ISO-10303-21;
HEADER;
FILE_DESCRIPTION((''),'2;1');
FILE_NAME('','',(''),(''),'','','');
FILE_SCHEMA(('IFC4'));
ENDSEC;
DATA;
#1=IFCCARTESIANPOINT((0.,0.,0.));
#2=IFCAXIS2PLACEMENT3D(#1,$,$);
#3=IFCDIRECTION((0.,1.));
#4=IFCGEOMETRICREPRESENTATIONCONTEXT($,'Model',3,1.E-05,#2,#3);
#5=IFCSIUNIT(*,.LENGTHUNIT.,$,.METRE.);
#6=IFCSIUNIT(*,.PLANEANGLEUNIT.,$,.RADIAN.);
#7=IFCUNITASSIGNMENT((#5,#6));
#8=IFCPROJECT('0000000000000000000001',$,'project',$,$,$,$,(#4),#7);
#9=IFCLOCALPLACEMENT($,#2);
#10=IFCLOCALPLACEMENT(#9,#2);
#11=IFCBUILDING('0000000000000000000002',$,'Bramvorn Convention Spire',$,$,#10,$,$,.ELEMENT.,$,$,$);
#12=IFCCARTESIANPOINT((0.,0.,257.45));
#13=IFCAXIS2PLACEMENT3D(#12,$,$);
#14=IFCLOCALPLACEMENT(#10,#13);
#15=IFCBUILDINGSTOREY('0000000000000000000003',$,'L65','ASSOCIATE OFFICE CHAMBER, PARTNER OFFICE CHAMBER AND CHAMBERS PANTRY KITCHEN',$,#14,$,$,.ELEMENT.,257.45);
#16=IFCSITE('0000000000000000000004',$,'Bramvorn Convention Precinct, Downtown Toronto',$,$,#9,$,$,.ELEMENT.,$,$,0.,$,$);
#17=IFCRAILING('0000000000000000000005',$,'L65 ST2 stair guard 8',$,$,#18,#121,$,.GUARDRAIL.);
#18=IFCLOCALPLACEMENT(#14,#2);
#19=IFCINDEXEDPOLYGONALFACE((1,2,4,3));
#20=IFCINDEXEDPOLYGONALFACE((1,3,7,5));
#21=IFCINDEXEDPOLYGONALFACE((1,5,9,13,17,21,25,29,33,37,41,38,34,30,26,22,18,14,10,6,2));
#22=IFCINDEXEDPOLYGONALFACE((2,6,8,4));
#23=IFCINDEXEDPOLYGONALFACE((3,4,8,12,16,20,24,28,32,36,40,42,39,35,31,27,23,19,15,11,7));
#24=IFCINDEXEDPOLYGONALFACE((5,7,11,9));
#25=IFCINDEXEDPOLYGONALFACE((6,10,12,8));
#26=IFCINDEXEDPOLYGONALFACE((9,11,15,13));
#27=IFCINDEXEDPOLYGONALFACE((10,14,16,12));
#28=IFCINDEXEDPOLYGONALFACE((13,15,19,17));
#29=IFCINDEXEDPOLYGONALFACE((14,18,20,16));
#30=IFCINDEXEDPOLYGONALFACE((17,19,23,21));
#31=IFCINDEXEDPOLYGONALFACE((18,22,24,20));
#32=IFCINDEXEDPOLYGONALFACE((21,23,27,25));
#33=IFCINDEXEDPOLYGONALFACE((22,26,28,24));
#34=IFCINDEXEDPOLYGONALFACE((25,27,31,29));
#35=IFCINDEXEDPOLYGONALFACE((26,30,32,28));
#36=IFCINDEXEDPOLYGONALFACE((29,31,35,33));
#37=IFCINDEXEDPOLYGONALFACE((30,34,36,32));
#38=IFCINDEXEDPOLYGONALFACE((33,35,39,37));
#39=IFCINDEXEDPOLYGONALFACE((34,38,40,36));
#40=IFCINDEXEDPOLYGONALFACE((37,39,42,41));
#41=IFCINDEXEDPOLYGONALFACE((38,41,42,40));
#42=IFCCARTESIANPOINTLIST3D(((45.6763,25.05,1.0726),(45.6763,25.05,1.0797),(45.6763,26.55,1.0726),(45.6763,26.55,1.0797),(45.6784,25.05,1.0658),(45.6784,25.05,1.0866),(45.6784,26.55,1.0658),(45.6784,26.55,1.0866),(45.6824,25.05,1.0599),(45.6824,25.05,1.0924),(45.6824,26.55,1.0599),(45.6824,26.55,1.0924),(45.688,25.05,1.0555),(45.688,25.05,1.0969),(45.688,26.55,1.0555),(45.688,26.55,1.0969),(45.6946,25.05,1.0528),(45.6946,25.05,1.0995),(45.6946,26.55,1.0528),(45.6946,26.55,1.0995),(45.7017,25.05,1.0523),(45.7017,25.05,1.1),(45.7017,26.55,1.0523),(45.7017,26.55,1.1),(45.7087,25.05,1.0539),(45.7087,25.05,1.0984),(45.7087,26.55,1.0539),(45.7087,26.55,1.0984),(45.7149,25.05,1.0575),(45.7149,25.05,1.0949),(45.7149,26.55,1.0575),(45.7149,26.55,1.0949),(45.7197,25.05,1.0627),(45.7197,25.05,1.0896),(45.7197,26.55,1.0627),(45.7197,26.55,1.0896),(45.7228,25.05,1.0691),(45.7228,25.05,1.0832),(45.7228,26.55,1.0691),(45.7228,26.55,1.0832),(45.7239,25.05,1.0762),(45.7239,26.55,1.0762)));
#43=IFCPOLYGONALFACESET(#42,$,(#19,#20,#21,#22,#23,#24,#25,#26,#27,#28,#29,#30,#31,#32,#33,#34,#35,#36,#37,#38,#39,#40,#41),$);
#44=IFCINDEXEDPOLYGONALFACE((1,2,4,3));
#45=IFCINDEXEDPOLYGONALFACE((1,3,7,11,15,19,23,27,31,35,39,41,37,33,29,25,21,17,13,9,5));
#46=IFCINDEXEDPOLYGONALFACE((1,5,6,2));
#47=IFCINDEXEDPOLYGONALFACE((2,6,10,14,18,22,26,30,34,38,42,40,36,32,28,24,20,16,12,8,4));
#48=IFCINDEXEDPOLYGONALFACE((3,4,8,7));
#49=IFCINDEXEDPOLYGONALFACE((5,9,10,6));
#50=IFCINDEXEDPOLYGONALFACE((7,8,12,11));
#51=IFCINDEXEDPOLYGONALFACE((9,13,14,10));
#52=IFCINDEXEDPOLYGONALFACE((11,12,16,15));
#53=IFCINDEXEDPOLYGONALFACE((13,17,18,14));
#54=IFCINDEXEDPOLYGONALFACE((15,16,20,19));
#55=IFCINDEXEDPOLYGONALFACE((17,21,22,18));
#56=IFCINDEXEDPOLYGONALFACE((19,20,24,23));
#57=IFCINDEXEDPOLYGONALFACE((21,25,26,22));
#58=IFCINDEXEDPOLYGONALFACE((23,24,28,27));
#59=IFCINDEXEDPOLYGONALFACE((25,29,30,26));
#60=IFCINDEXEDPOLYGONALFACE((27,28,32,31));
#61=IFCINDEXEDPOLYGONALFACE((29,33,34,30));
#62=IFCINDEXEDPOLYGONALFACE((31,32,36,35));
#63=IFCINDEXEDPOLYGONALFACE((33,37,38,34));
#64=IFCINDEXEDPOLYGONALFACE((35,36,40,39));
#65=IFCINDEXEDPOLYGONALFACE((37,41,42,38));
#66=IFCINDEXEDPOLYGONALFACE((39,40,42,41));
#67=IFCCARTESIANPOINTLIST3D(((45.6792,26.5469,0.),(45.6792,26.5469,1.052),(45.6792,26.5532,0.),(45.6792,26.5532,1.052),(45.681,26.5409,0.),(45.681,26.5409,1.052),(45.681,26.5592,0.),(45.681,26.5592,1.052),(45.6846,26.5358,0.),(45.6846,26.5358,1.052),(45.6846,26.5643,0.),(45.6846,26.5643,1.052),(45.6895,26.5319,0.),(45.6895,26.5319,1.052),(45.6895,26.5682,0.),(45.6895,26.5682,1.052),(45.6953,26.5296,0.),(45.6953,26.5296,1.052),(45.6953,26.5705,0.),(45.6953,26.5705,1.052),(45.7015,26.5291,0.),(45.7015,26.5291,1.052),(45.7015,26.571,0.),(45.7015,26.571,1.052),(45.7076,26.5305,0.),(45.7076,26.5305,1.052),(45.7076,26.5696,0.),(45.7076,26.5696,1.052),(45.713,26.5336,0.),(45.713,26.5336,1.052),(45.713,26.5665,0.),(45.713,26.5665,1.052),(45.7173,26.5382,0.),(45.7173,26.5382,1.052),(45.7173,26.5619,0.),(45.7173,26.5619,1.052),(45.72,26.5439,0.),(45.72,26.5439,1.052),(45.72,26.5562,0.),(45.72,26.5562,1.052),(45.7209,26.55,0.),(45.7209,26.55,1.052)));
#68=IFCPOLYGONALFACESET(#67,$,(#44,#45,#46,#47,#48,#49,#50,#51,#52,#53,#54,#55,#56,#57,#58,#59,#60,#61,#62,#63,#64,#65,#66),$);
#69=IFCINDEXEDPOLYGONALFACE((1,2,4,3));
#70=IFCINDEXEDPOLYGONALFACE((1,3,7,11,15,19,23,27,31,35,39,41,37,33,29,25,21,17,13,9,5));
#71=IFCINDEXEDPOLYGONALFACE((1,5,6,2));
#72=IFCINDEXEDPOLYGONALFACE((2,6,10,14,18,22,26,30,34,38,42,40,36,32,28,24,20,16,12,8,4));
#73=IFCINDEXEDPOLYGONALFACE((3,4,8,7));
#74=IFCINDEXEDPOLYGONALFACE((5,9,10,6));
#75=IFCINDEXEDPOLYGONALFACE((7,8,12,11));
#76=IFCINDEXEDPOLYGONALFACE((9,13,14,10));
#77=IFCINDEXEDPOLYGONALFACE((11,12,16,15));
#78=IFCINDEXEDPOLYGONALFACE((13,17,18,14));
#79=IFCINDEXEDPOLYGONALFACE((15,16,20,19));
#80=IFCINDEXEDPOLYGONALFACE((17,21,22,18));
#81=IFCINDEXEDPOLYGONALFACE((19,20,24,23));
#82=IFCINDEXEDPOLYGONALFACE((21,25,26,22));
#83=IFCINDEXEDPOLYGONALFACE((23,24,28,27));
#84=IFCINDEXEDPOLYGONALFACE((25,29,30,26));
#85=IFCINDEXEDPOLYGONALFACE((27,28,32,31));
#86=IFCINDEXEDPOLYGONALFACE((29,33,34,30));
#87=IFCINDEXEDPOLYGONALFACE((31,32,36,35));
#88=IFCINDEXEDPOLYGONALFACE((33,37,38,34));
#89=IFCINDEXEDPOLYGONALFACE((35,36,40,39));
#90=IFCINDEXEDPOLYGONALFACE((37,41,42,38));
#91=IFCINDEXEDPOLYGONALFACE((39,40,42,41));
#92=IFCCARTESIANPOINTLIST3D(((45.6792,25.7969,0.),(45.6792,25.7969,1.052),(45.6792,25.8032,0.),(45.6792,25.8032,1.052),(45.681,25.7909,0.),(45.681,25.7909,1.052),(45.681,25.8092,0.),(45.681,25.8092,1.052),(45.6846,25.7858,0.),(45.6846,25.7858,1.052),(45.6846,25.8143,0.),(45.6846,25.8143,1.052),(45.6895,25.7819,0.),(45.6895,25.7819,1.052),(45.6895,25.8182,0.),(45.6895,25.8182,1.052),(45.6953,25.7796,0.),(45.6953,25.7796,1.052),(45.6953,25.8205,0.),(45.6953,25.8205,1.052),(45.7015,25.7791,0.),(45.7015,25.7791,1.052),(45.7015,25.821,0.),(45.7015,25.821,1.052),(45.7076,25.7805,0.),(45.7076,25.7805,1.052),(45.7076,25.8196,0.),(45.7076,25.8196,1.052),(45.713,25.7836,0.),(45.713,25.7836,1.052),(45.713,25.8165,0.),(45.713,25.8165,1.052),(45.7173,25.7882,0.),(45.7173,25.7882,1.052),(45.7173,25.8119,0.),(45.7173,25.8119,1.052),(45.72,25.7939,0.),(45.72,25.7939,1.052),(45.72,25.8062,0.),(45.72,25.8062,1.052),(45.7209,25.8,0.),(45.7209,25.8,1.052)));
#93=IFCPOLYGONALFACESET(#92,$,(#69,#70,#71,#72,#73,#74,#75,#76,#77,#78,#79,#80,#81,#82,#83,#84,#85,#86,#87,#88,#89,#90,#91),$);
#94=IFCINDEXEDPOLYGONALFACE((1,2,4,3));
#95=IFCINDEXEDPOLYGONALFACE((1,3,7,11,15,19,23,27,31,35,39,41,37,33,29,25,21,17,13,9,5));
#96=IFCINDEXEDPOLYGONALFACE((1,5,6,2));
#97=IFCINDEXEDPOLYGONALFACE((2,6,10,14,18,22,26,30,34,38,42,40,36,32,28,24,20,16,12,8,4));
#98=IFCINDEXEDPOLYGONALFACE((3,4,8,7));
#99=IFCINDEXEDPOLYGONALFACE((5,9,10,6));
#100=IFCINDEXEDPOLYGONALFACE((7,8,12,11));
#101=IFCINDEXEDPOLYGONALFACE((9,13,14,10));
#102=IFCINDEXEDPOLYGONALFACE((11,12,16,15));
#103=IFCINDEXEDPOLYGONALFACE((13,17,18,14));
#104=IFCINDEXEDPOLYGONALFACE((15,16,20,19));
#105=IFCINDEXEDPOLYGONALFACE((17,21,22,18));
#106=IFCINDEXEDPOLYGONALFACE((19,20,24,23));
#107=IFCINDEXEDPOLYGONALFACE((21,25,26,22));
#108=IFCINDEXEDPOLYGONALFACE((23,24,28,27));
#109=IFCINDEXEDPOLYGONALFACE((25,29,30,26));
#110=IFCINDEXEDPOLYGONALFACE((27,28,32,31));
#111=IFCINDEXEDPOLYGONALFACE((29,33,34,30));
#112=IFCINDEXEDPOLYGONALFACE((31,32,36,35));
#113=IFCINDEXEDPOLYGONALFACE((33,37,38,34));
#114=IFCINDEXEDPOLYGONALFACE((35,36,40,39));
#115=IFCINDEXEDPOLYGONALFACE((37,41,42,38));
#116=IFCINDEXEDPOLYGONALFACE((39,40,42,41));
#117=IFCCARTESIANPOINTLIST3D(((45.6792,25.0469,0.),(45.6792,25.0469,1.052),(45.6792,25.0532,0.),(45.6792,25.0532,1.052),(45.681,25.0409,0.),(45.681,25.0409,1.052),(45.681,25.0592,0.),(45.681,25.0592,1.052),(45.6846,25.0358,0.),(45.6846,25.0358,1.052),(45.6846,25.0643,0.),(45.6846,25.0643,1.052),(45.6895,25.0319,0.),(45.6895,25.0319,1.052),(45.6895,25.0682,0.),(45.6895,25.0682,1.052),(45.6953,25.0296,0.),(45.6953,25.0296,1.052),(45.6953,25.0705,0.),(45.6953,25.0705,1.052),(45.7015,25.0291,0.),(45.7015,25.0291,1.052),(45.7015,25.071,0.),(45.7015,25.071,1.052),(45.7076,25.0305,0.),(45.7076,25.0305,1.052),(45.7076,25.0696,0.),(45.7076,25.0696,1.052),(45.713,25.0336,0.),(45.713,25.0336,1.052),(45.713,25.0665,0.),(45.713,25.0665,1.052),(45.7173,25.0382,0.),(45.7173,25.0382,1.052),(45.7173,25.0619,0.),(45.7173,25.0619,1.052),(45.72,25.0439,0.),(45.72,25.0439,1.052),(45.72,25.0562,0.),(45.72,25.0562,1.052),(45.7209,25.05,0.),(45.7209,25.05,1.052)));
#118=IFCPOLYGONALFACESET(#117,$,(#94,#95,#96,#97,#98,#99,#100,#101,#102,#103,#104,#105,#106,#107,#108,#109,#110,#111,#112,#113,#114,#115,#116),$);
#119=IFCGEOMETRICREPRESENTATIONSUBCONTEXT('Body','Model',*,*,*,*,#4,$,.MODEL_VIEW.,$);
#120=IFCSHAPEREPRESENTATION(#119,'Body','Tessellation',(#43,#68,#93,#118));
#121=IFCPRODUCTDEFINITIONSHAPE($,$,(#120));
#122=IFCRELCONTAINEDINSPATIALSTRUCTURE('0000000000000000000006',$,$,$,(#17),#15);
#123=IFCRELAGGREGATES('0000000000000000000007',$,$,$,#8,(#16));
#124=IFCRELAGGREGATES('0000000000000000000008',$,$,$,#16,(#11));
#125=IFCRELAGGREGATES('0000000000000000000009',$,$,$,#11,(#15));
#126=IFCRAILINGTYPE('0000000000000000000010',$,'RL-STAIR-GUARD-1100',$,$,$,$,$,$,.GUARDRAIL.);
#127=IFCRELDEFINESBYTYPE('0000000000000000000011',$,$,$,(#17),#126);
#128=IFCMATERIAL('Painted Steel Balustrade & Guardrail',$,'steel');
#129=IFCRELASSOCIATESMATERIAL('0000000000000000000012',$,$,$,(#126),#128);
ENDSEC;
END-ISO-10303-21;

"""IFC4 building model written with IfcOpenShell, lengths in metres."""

from ifc_helpers import new_model, si_unit, direction, frame, origin, origin_2d, place, context, subcontext, project, spatial, circle, extrude, material, type_object, element, save


model = new_model("IFC4")

# Units and contexts
model_context = context("Model", 3, precision=1e-05, world=origin(), true_north=direction((0.0, 1.0)))
body_context = subcontext(model_context, "Body", "Model", "MODEL_VIEW")
ifc_project = project(units=[si_unit("LENGTHUNIT", "METRE"), si_unit("PLANEANGLEUNIT", "RADIAN")], contexts=[model_context])

# Site, building, storey
site_placement = place(None, origin())
site = spatial("IfcSite", under=ifc_project, at=site_placement, Name="Bramvorn Convention Precinct, Downtown Toronto", CompositionType="ELEMENT", RefElevation=0.0)
building_placement = place(site_placement, origin())
building = spatial("IfcBuilding", under=site, at=building_placement, Name="Bramvorn Convention Spire", CompositionType="ELEMENT")
storey_placement = place(building_placement, frame((0.0, 0.0, 257.45)))
storey = spatial("IfcBuildingStorey", under=building, at=storey_placement, Name="L65", Description="ASSOCIATE OFFICE CHAMBER, PARTNER OFFICE CHAMBER AND CHAMBERS PANTRY KITCHEN", CompositionType="ELEMENT", Elevation=257.45)

# Railing
ifc_material_1 = material(Name="Painted Steel Balustrade & Guardrail", Category="steel")
railing_type_1 = type_object("IfcRailingType", Name="RL-STAIR-GUARD-1100", PredefinedType="GUARDRAIL", material=ifc_material_1)
railing_1_placement = place(storey_placement, frame((45.7, 26.55, 0.0)))
element("IfcRailing", 1, at=railing_1_placement, inside=storey, type_object=railing_type_1, Name="L65 ST2 stair guard 8", PredefinedType="GUARDRAIL", context=body_context, shape_type="SweptSolid", body=[
    extrude(circle(Radius=0.0239, at=origin_2d()), frame((0.0, 0.0, 1.0762), z_axis=(0.0, -1.0, 0.0), x_axis=(1.0, 0.0, 0.0)), (0.0, 0.0, 1.0), 1.5),
    extrude(circle(Radius=0.021, at=origin_2d()), origin(), (0.0, 0.0, 1.0), 1.052),
    extrude(circle(Radius=0.021, at=origin_2d()), frame((0.0, -0.75, 0.0)), (0.0, 0.0, 1.0), 1.052),
    extrude(circle(Radius=0.021, at=origin_2d()), frame((0.0, -1.5, 0.0)), (0.0, 0.0, 1.0), 1.052),
])

save(model, "model.ifc")
